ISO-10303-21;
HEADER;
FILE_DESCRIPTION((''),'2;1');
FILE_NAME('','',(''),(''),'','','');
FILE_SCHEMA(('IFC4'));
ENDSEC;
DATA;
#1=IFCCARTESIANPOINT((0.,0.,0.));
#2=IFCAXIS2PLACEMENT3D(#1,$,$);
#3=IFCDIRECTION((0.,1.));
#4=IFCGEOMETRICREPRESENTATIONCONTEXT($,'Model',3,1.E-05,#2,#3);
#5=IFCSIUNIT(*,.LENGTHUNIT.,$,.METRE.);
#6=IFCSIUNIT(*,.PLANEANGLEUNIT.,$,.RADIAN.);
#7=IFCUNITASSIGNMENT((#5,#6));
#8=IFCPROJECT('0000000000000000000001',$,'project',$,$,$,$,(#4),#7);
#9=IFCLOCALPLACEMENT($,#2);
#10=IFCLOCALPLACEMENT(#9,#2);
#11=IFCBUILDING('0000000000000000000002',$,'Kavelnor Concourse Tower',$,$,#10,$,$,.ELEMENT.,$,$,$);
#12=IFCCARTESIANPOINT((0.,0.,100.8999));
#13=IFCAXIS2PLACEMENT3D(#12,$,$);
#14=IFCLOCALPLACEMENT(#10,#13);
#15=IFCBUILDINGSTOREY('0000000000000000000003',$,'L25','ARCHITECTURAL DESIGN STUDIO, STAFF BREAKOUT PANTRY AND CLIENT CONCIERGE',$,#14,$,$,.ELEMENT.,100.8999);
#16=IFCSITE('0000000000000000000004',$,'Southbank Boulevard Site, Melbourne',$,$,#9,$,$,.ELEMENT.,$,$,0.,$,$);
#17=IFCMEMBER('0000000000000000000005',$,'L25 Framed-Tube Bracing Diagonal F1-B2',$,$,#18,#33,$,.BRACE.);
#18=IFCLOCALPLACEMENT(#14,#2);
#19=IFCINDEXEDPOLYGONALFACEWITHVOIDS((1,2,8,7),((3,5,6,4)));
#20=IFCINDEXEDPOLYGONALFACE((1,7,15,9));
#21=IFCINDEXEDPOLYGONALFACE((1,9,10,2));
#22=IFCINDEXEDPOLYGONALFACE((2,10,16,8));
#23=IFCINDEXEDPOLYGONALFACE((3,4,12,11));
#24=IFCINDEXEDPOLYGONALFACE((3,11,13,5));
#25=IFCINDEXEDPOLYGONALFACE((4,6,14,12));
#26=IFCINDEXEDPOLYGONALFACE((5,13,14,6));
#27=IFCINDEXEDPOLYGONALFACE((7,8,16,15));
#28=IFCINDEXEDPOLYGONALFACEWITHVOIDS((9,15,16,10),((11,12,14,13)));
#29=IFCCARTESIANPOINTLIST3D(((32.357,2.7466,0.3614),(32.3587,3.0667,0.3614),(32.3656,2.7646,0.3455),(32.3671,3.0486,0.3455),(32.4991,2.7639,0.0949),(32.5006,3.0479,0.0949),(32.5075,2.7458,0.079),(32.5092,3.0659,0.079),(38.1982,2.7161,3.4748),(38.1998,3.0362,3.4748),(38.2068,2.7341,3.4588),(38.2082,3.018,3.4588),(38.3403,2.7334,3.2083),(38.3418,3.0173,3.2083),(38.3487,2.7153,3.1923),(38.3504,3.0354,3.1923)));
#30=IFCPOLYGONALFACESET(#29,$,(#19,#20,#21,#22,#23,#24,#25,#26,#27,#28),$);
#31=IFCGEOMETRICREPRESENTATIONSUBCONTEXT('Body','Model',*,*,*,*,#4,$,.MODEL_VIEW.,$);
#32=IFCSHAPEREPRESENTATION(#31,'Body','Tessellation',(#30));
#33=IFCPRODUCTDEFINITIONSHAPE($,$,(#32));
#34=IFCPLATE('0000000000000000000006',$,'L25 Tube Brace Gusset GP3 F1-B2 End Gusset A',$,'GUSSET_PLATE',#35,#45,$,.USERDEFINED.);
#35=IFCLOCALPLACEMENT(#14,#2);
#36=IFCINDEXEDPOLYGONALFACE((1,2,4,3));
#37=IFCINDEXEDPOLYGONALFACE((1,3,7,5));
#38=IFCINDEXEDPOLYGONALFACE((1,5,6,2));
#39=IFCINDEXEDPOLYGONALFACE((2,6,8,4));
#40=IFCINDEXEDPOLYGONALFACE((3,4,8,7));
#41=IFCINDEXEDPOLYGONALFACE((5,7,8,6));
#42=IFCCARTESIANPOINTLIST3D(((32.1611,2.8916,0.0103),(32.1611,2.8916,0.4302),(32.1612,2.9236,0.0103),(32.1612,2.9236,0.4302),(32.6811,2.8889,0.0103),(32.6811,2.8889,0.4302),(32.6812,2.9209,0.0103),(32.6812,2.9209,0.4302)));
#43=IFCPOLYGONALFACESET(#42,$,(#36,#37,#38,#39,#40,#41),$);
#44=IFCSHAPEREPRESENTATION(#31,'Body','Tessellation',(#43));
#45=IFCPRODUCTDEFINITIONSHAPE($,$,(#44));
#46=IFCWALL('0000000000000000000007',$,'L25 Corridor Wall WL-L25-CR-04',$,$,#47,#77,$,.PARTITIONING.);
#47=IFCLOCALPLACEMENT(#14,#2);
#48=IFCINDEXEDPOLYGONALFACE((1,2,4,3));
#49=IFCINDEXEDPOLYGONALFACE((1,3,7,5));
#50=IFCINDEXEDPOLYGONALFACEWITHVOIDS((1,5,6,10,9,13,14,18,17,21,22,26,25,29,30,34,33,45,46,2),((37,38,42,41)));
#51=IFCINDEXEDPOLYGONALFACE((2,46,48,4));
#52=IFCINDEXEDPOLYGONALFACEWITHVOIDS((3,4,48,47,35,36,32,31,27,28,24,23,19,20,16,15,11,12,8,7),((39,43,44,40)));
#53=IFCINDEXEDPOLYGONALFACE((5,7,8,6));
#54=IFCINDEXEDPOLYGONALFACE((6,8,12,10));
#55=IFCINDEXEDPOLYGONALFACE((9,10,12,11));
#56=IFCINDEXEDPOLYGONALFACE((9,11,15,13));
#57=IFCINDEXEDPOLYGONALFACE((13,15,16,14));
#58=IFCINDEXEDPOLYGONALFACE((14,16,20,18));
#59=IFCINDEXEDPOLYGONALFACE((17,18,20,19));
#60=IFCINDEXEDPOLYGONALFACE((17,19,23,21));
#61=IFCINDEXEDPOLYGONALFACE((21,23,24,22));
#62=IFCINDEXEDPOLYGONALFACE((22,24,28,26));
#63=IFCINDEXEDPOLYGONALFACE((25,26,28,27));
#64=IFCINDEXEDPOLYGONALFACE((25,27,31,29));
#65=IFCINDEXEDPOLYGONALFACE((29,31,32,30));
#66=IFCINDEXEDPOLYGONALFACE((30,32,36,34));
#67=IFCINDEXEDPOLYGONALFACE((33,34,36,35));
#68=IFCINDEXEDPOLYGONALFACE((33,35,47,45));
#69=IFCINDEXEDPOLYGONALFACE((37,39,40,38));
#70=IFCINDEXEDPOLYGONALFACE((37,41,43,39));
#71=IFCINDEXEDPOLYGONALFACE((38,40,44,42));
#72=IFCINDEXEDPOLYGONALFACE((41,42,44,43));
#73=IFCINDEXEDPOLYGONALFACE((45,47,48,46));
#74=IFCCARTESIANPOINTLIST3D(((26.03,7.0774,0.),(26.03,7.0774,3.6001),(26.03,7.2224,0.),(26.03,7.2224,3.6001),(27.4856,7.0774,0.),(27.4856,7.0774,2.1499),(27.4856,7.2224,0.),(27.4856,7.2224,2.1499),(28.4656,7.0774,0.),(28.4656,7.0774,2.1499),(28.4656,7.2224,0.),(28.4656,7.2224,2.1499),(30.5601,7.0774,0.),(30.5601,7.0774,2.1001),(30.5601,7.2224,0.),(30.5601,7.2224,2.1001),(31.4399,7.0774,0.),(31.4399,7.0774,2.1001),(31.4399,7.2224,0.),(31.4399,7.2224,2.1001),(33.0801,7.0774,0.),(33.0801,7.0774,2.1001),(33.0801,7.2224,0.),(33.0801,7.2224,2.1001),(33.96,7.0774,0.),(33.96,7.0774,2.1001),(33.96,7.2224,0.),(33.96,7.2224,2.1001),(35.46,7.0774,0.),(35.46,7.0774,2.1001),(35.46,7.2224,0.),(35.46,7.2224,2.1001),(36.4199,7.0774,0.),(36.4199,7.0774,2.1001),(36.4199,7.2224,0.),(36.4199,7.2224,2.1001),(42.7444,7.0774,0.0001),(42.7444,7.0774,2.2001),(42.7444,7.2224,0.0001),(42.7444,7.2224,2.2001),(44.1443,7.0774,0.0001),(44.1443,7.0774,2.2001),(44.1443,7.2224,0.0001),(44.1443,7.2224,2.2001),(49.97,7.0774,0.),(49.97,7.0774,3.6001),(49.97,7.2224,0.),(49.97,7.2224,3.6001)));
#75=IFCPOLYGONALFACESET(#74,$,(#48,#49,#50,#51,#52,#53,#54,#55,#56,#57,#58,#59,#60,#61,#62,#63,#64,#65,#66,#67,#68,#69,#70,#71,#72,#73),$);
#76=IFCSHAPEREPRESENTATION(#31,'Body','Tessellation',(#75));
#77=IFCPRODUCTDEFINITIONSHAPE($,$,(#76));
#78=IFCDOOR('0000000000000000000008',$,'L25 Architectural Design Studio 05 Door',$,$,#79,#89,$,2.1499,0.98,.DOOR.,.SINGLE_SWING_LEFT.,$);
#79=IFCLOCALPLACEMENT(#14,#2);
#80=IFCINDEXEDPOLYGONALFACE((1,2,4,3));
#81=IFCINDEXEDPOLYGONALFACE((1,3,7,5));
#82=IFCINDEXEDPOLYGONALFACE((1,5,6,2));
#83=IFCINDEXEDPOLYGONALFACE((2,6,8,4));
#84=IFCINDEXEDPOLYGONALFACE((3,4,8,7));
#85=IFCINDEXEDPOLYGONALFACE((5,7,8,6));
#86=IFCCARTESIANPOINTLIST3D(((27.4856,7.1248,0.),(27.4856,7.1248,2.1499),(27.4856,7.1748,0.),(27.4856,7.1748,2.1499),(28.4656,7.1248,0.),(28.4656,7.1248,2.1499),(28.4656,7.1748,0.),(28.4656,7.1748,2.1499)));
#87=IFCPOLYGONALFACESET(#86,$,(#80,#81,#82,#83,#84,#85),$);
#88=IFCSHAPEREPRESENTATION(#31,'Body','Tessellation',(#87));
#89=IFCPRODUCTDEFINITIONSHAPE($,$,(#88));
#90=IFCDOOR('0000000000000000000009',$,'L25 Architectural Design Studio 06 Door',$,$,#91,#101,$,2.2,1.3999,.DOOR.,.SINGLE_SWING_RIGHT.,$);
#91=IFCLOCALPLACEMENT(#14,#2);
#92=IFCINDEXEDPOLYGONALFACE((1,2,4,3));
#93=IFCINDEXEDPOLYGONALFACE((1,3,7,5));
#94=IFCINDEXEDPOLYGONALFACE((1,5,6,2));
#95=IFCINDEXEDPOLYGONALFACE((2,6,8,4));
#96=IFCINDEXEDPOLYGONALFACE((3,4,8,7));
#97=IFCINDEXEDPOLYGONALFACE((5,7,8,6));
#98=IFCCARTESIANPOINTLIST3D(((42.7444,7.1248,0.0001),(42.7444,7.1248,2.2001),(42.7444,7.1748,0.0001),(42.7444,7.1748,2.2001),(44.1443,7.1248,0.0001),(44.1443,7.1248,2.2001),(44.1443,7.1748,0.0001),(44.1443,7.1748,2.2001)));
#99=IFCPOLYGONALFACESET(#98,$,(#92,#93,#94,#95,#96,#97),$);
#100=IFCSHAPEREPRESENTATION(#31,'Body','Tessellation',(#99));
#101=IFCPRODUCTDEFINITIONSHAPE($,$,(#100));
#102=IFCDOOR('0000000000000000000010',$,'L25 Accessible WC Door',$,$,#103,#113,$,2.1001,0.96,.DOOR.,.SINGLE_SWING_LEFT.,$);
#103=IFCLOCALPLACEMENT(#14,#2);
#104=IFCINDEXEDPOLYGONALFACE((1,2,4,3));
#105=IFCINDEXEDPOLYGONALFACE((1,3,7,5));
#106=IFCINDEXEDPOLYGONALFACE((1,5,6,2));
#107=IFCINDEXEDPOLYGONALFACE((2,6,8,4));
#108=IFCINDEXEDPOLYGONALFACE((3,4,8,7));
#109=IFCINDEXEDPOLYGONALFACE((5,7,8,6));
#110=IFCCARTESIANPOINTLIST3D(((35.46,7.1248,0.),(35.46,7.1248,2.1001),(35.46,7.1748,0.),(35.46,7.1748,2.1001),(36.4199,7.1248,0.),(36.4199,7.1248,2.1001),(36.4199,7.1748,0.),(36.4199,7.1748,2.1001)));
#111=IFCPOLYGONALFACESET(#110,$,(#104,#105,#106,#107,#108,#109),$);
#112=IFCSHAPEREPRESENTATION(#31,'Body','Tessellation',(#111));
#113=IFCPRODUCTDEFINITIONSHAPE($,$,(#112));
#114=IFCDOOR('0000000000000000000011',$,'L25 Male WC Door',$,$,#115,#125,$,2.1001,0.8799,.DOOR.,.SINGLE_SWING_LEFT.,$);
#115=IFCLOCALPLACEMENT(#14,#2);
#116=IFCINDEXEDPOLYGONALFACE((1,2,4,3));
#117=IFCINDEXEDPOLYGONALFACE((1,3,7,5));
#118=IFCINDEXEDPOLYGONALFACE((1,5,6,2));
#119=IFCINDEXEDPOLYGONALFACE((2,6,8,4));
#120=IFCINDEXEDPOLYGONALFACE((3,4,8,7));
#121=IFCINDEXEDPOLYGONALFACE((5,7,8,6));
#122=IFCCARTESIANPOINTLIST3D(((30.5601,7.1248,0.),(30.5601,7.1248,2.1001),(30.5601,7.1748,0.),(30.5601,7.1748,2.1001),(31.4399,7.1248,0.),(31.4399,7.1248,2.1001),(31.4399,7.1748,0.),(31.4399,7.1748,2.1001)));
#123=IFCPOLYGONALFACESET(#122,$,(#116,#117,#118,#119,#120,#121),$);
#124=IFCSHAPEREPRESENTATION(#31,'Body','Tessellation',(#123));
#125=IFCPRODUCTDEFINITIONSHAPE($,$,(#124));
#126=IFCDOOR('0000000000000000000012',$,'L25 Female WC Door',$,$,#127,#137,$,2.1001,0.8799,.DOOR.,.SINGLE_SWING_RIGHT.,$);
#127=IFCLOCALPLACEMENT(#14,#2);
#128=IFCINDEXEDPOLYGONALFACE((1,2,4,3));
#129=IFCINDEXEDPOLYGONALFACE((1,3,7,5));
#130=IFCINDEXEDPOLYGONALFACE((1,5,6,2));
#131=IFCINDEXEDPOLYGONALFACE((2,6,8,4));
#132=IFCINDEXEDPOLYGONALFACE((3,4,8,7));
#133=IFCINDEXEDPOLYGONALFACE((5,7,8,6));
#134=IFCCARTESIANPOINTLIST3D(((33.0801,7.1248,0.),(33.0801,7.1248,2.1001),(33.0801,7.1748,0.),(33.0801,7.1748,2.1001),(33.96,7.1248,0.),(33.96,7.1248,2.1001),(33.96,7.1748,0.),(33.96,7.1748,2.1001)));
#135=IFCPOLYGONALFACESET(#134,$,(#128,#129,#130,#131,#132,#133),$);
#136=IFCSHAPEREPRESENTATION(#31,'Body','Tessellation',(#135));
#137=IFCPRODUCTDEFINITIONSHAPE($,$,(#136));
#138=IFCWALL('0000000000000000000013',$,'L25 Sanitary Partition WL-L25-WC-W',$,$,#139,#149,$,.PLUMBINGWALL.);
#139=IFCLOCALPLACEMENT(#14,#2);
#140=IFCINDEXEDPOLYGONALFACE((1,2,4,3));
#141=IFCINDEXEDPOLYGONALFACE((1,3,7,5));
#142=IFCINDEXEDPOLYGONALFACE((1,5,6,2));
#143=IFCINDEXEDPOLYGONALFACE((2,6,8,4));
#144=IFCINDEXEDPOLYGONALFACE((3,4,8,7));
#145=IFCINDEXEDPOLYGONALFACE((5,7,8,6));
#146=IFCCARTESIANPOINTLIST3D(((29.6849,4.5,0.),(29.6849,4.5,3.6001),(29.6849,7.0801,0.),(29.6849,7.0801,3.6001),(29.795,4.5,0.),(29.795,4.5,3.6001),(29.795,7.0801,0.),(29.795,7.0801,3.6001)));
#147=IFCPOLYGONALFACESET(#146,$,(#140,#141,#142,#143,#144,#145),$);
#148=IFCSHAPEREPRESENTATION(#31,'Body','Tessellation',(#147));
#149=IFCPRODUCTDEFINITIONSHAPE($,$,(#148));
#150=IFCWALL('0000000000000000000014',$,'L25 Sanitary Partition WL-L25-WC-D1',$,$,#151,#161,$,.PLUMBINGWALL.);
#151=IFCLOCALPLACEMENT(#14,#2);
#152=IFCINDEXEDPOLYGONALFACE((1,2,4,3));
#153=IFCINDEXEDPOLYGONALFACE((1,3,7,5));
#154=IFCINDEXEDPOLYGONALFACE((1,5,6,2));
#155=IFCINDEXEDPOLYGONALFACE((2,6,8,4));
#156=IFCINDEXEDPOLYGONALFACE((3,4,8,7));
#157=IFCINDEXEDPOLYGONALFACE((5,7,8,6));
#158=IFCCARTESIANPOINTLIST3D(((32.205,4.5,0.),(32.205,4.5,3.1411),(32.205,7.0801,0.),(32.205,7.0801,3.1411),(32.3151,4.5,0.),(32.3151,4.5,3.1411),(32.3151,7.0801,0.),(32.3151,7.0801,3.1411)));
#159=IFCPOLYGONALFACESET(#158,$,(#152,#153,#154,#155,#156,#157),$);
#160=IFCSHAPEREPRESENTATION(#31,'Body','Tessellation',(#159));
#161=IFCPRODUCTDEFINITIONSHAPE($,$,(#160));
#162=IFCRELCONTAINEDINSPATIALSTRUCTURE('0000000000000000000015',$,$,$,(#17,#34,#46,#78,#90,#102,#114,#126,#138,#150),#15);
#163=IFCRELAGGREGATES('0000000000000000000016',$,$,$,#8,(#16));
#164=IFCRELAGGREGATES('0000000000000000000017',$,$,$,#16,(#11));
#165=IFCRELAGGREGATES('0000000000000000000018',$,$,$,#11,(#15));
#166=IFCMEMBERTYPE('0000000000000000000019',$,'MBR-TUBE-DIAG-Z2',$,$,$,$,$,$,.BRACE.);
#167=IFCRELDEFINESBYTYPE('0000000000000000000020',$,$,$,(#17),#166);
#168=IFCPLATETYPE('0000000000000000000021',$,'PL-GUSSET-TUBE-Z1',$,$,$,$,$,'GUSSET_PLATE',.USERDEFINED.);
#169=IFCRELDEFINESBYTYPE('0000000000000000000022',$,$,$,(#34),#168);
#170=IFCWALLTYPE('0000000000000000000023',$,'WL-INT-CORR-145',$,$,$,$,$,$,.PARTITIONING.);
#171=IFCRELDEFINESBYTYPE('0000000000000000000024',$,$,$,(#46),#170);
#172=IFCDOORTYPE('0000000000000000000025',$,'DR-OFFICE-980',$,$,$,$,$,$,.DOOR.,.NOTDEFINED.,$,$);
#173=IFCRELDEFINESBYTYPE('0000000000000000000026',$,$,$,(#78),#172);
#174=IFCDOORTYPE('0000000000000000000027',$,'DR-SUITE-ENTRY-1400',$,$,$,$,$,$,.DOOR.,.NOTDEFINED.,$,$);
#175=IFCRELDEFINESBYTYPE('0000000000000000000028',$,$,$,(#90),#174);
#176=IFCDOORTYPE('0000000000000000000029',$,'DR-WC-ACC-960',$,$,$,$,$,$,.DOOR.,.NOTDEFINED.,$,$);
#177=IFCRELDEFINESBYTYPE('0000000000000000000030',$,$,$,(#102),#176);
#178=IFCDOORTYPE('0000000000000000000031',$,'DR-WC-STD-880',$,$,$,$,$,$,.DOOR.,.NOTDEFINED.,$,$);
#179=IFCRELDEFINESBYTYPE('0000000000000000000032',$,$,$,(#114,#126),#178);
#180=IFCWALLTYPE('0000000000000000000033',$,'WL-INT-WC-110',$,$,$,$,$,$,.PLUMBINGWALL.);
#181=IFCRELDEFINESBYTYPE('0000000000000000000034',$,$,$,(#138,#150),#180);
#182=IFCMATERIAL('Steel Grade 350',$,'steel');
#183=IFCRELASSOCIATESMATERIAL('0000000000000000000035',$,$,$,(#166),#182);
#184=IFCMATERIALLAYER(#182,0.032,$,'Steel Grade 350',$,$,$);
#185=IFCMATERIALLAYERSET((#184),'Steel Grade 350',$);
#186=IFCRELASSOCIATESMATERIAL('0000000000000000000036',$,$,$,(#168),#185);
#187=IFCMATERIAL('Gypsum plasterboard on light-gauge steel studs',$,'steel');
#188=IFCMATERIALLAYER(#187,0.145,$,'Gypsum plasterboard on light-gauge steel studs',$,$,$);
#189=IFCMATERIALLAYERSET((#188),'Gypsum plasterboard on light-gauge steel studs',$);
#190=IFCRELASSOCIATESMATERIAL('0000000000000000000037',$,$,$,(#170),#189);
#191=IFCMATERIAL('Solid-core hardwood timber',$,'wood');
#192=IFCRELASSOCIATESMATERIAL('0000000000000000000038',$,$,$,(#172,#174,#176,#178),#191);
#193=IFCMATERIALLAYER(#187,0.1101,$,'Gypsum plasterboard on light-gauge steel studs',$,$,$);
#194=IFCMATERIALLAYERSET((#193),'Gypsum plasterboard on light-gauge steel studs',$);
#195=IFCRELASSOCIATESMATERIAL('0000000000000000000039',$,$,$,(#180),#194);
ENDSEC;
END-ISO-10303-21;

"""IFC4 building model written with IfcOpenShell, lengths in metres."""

from ifc_helpers import new_model, si_unit, direction, frame, frame_2d, origin, origin_2d, place, context, subcontext, project, spatial, rectangle, hollow_rectangle, extrude, material, layer, layer_set, material_profile, profile_set, type_object, element, fill, save


model = new_model("IFC4")

# Units and contexts
model_context = context("Model", 3, precision=1e-05, world=origin(), true_north=direction((0.0, 1.0)))
body_context = subcontext(model_context, "Body", "Model", "MODEL_VIEW")
ifc_project = project(units=[si_unit("LENGTHUNIT", "METRE"), si_unit("PLANEANGLEUNIT", "RADIAN")], contexts=[model_context])

# Site, building, storey
site_placement = place(None, origin())
site = spatial("IfcSite", under=ifc_project, at=site_placement, Name="Southbank Boulevard Site, Melbourne", CompositionType="ELEMENT", RefElevation=0.0)
building_placement = place(site_placement, origin())
building = spatial("IfcBuilding", under=site, at=building_placement, Name="Kavelnor Concourse Tower", CompositionType="ELEMENT")
storey_placement = place(building_placement, frame((0.0, 0.0, 100.8999)))
storey = spatial("IfcBuildingStorey", under=building, at=storey_placement, Name="L25", Description="ARCHITECTURAL DESIGN STUDIO, STAFF BREAKOUT PANTRY AND CLIENT CONCIERGE", CompositionType="ELEMENT", Elevation=100.8999)

# Shared definitions
ifc_material_1 = material(Name="Steel Grade 350", Category="steel")

# Member
ifc_material_profile_1 = material_profile(ifc_material_1, hollow_rectangle(XDim=0.3201, YDim=0.3201, WallThickness=0.0181, at=origin_2d()), Name="SHS 320x320x18")
ifc_profile_set_1 = profile_set([ifc_material_profile_1], Name="Steel Grade 350")
member_type = type_object("IfcMemberType", Name="MBR-TUBE-DIAG-Z2", PredefinedType="BRACE", material=ifc_profile_set_1)
member_placement = place(storey_placement, frame((32.4331, 2.9062, 0.2202), z_axis=(0.882466, -0.004611, 0.470353), x_axis=(0.005225, 0.999986, 0.0)))
element("IfcMember", 1, at=member_placement, inside=storey, type_object=member_type, Name="L25 Framed-Tube Bracing Diagonal F1-B2", PredefinedType="BRACE", context=body_context, shape_type="SweptSolid", body=[
    extrude(hollow_rectangle(XDim=0.3201, YDim=0.3201, WallThickness=0.0181, at=origin_2d()), origin(), (0.0, 0.0, 1.0), 6.6191),
])

# Plate
ifc_layer_1 = layer(ifc_material_1, 0.032, Name="Steel Grade 350")
ifc_layer_set_1 = layer_set([ifc_layer_1], Name="Steel Grade 350")
plate_type = type_object("IfcPlateType", Name="PL-GUSSET-TUBE-Z1", ElementType="GUSSET_PLATE", PredefinedType="USERDEFINED", material=ifc_layer_set_1)
plate_placement = place(storey_placement, frame((32.4211, 2.9062, 0.0103), z_axis=(0.0, 0.0, 1.0), x_axis=(0.999986, -0.005236, 0.0)))
element("IfcPlate", 2, at=plate_placement, inside=storey, type_object=plate_type, Name="L25 Tube Brace Gusset GP3 F1-B2 End Gusset A", ObjectType="GUSSET_PLATE", PredefinedType="USERDEFINED", context=body_context, shape_type="SweptSolid", body=[
    extrude(rectangle(XDim=0.52, YDim=0.032, at=origin_2d()), origin(), (0.0, 0.0, 1.0), 0.4199),
])

# Wall, openings, doors
ifc_material_2 = material(Name="Gypsum plasterboard on light-gauge steel studs", Category="steel")
ifc_layer_2 = layer(ifc_material_2, 0.145, Name="Gypsum plasterboard on light-gauge steel studs")
ifc_layer_set_2 = layer_set([ifc_layer_2], Name="Gypsum plasterboard on light-gauge steel studs")
wall_type_1 = type_object("IfcWallType", Name="WL-INT-CORR-145", PredefinedType="PARTITIONING", material=ifc_layer_set_2)
wall_1_placement = place(storey_placement, frame((26.03, 7.1499, 0.0), z_axis=(0.0, 0.0, 1.0), x_axis=(1.0, 0.0, 0.0)))
wall_1 = element("IfcWall", 3, at=wall_1_placement, inside=storey, type_object=wall_type_1, Name="L25 Corridor Wall WL-L25-CR-04", PredefinedType="PARTITIONING", context=body_context, shape_type="SweptSolid", body=[
    extrude(rectangle(XDim=23.9399, YDim=0.145, at=frame_2d((11.97, 0.0))), origin(), (0.0, 0.0, 1.0), 3.6001),
])
opening_1_placement = place(wall_1_placement, frame((4.53, 0.0, 0.0)))
opening_1 = element("IfcOpeningElement", 4, at=opening_1_placement, cuts=wall_1, PredefinedType="OPENING", context=body_context, shape_type="SweptSolid", body=[
    extrude(rectangle(XDim=0.8799, YDim=2.1001, at=frame_2d((0.4399, 1.05))), frame((0.0, 0.0825, 0.0), z_axis=(0.0, -1.0, 0.0), x_axis=(1.0, 0.0, 0.0)), (0.0, 0.0, 1.0), 0.165),
])
opening_2_placement = place(wall_1_placement, frame((7.05, 0.0, 0.0)))
opening_2 = element("IfcOpeningElement", 5, at=opening_2_placement, cuts=wall_1, PredefinedType="OPENING", context=body_context, shape_type="SweptSolid", body=[
    extrude(rectangle(XDim=0.8799, YDim=2.1001, at=frame_2d((0.4399, 1.05))), frame((0.0, 0.0825, 0.0), z_axis=(0.0, -1.0, 0.0), x_axis=(1.0, 0.0, 0.0)), (0.0, 0.0, 1.0), 0.165),
])
opening_3_placement = place(wall_1_placement, frame((9.4299, 0.0, 0.0)))
opening_3 = element("IfcOpeningElement", 6, at=opening_3_placement, cuts=wall_1, PredefinedType="OPENING", context=body_context, shape_type="SweptSolid", body=[
    extrude(rectangle(XDim=0.96, YDim=2.1001, at=frame_2d((0.48, 1.05))), frame((0.0, 0.0825, 0.0), z_axis=(0.0, -1.0, 0.0), x_axis=(1.0, 0.0, 0.0)), (0.0, 0.0, 1.0), 0.165),
])
opening_4_placement = place(wall_1_placement, frame((1.4556, 0.0, 0.0)))
opening_4 = element("IfcOpeningElement", 7, at=opening_4_placement, cuts=wall_1, PredefinedType="OPENING", context=body_context, shape_type="SweptSolid", body=[
    extrude(rectangle(XDim=0.98, YDim=2.1499, at=frame_2d((0.49, 1.075))), frame((0.0, 0.0825, 0.0), z_axis=(0.0, -1.0, 0.0), x_axis=(1.0, 0.0, 0.0)), (0.0, 0.0, 1.0), 0.165),
])
opening_5_placement = place(wall_1_placement, frame((16.7144, 0.0, 0.0)))
opening_5 = element("IfcOpeningElement", 8, at=opening_5_placement, cuts=wall_1, PredefinedType="OPENING", context=body_context, shape_type="SweptSolid", body=[
    extrude(rectangle(XDim=1.3999, YDim=2.2, at=frame_2d((0.7, 1.1001))), frame((0.0, 0.0825, 0.0), z_axis=(0.0, -1.0, 0.0), x_axis=(1.0, 0.0, 0.0)), (0.0, 0.0, 1.0), 0.165),
])
ifc_material_3 = material(Name="Solid-core hardwood timber", Category="wood")
door_type_1 = type_object("IfcDoorType", Name="DR-OFFICE-980", OperationType="NOTDEFINED", PredefinedType="DOOR", material=ifc_material_3)
door_1_placement = place(opening_4_placement, origin())
door_1 = element("IfcDoor", 9, at=door_1_placement, inside=storey, type_object=door_type_1, Name="L25 Architectural Design Studio 05 Door", OperationType="SINGLE_SWING_LEFT", OverallHeight=2.1499, OverallWidth=0.98, PredefinedType="DOOR", context=body_context, shape_type="SweptSolid", body=[
    extrude(rectangle(XDim=0.98, YDim=2.1499, at=frame_2d((0.49, 1.075))), frame((0.0, 0.0249, 0.0), z_axis=(0.0, -1.0, 0.0), x_axis=(1.0, 0.0, 0.0)), (0.0, 0.0, 1.0), 0.05),
])
fill(opening_4, door_1)
door_type_2 = type_object("IfcDoorType", Name="DR-SUITE-ENTRY-1400", OperationType="NOTDEFINED", PredefinedType="DOOR", material=ifc_material_3)
door_2_placement = place(opening_5_placement, origin())
door_2 = element("IfcDoor", 10, at=door_2_placement, inside=storey, type_object=door_type_2, Name="L25 Architectural Design Studio 06 Door", OperationType="SINGLE_SWING_RIGHT", OverallHeight=2.2, OverallWidth=1.3999, PredefinedType="DOOR", context=body_context, shape_type="SweptSolid", body=[
    extrude(rectangle(XDim=1.3999, YDim=2.2, at=frame_2d((0.7, 1.1001))), frame((0.0, 0.0249, 0.0), z_axis=(0.0, -1.0, 0.0), x_axis=(1.0, 0.0, 0.0)), (0.0, 0.0, 1.0), 0.05),
])
fill(opening_5, door_2)
door_type_3 = type_object("IfcDoorType", Name="DR-WC-ACC-960", OperationType="NOTDEFINED", PredefinedType="DOOR", material=ifc_material_3)
door_3_placement = place(opening_3_placement, origin())
door_3 = element("IfcDoor", 11, at=door_3_placement, inside=storey, type_object=door_type_3, Name="L25 Accessible WC Door", OperationType="SINGLE_SWING_LEFT", OverallHeight=2.1001, OverallWidth=0.96, PredefinedType="DOOR", context=body_context, shape_type="SweptSolid", body=[
    extrude(rectangle(XDim=0.96, YDim=2.1001, at=frame_2d((0.48, 1.05))), frame((0.0, 0.0249, 0.0), z_axis=(0.0, -1.0, 0.0), x_axis=(1.0, 0.0, 0.0)), (0.0, 0.0, 1.0), 0.05),
])
fill(opening_3, door_3)
door_type_4 = type_object("IfcDoorType", Name="DR-WC-STD-880", OperationType="NOTDEFINED", PredefinedType="DOOR", material=ifc_material_3)
door_4_placement = place(opening_1_placement, origin())
door_4 = element("IfcDoor", 12, at=door_4_placement, inside=storey, type_object=door_type_4, Name="L25 Male WC Door", OperationType="SINGLE_SWING_LEFT", OverallHeight=2.1001, OverallWidth=0.8799, PredefinedType="DOOR", context=body_context, shape_type="SweptSolid", body=[
    extrude(rectangle(XDim=0.8799, YDim=2.1001, at=frame_2d((0.4399, 1.05))), frame((0.0, 0.0249, 0.0), z_axis=(0.0, -1.0, 0.0), x_axis=(1.0, 0.0, 0.0)), (0.0, 0.0, 1.0), 0.05),
])
fill(opening_1, door_4)
door_5_placement = place(opening_2_placement, origin())
door_5 = element("IfcDoor", 13, at=door_5_placement, inside=storey, type_object=door_type_4, Name="L25 Female WC Door", OperationType="SINGLE_SWING_RIGHT", OverallHeight=2.1001, OverallWidth=0.8799, PredefinedType="DOOR", context=body_context, shape_type="SweptSolid", body=[
    extrude(rectangle(XDim=0.8799, YDim=2.1001, at=frame_2d((0.4399, 1.05))), frame((0.0, 0.0249, 0.0), z_axis=(0.0, -1.0, 0.0), x_axis=(1.0, 0.0, 0.0)), (0.0, 0.0, 1.0), 0.05),
])
fill(opening_2, door_5)

# Walls
ifc_layer_3 = layer(ifc_material_2, 0.1101, Name="Gypsum plasterboard on light-gauge steel studs")
ifc_layer_set_3 = layer_set([ifc_layer_3], Name="Gypsum plasterboard on light-gauge steel studs")
wall_type_2 = type_object("IfcWallType", Name="WL-INT-WC-110", PredefinedType="PLUMBINGWALL", material=ifc_layer_set_3)
wall_2_placement = place(storey_placement, frame((29.74, 4.5, 0.0), z_axis=(0.0, 0.0, 1.0), x_axis=(0.0, 1.0, 0.0)))
element("IfcWall", 14, at=wall_2_placement, inside=storey, type_object=wall_type_2, Name="L25 Sanitary Partition WL-L25-WC-W", PredefinedType="PLUMBINGWALL", context=body_context, shape_type="SweptSolid", body=[
    extrude(rectangle(XDim=2.5801, YDim=0.1101, at=frame_2d((1.29, 0.0))), origin(), (0.0, 0.0, 1.0), 3.6001),
])
wall_3_placement = place(storey_placement, frame((32.26, 4.5, 0.0), z_axis=(0.0, 0.0, 1.0), x_axis=(0.0, 1.0, 0.0)))
element("IfcWall", 15, at=wall_3_placement, inside=storey, type_object=wall_type_2, Name="L25 Sanitary Partition WL-L25-WC-D1", PredefinedType="PLUMBINGWALL", context=body_context, shape_type="SweptSolid", body=[
    extrude(rectangle(XDim=2.5801, YDim=0.1101, at=frame_2d((1.29, 0.0))), origin(), (0.0, 0.0, 1.0), 3.1411),
])

save(model, "model.ifc")
